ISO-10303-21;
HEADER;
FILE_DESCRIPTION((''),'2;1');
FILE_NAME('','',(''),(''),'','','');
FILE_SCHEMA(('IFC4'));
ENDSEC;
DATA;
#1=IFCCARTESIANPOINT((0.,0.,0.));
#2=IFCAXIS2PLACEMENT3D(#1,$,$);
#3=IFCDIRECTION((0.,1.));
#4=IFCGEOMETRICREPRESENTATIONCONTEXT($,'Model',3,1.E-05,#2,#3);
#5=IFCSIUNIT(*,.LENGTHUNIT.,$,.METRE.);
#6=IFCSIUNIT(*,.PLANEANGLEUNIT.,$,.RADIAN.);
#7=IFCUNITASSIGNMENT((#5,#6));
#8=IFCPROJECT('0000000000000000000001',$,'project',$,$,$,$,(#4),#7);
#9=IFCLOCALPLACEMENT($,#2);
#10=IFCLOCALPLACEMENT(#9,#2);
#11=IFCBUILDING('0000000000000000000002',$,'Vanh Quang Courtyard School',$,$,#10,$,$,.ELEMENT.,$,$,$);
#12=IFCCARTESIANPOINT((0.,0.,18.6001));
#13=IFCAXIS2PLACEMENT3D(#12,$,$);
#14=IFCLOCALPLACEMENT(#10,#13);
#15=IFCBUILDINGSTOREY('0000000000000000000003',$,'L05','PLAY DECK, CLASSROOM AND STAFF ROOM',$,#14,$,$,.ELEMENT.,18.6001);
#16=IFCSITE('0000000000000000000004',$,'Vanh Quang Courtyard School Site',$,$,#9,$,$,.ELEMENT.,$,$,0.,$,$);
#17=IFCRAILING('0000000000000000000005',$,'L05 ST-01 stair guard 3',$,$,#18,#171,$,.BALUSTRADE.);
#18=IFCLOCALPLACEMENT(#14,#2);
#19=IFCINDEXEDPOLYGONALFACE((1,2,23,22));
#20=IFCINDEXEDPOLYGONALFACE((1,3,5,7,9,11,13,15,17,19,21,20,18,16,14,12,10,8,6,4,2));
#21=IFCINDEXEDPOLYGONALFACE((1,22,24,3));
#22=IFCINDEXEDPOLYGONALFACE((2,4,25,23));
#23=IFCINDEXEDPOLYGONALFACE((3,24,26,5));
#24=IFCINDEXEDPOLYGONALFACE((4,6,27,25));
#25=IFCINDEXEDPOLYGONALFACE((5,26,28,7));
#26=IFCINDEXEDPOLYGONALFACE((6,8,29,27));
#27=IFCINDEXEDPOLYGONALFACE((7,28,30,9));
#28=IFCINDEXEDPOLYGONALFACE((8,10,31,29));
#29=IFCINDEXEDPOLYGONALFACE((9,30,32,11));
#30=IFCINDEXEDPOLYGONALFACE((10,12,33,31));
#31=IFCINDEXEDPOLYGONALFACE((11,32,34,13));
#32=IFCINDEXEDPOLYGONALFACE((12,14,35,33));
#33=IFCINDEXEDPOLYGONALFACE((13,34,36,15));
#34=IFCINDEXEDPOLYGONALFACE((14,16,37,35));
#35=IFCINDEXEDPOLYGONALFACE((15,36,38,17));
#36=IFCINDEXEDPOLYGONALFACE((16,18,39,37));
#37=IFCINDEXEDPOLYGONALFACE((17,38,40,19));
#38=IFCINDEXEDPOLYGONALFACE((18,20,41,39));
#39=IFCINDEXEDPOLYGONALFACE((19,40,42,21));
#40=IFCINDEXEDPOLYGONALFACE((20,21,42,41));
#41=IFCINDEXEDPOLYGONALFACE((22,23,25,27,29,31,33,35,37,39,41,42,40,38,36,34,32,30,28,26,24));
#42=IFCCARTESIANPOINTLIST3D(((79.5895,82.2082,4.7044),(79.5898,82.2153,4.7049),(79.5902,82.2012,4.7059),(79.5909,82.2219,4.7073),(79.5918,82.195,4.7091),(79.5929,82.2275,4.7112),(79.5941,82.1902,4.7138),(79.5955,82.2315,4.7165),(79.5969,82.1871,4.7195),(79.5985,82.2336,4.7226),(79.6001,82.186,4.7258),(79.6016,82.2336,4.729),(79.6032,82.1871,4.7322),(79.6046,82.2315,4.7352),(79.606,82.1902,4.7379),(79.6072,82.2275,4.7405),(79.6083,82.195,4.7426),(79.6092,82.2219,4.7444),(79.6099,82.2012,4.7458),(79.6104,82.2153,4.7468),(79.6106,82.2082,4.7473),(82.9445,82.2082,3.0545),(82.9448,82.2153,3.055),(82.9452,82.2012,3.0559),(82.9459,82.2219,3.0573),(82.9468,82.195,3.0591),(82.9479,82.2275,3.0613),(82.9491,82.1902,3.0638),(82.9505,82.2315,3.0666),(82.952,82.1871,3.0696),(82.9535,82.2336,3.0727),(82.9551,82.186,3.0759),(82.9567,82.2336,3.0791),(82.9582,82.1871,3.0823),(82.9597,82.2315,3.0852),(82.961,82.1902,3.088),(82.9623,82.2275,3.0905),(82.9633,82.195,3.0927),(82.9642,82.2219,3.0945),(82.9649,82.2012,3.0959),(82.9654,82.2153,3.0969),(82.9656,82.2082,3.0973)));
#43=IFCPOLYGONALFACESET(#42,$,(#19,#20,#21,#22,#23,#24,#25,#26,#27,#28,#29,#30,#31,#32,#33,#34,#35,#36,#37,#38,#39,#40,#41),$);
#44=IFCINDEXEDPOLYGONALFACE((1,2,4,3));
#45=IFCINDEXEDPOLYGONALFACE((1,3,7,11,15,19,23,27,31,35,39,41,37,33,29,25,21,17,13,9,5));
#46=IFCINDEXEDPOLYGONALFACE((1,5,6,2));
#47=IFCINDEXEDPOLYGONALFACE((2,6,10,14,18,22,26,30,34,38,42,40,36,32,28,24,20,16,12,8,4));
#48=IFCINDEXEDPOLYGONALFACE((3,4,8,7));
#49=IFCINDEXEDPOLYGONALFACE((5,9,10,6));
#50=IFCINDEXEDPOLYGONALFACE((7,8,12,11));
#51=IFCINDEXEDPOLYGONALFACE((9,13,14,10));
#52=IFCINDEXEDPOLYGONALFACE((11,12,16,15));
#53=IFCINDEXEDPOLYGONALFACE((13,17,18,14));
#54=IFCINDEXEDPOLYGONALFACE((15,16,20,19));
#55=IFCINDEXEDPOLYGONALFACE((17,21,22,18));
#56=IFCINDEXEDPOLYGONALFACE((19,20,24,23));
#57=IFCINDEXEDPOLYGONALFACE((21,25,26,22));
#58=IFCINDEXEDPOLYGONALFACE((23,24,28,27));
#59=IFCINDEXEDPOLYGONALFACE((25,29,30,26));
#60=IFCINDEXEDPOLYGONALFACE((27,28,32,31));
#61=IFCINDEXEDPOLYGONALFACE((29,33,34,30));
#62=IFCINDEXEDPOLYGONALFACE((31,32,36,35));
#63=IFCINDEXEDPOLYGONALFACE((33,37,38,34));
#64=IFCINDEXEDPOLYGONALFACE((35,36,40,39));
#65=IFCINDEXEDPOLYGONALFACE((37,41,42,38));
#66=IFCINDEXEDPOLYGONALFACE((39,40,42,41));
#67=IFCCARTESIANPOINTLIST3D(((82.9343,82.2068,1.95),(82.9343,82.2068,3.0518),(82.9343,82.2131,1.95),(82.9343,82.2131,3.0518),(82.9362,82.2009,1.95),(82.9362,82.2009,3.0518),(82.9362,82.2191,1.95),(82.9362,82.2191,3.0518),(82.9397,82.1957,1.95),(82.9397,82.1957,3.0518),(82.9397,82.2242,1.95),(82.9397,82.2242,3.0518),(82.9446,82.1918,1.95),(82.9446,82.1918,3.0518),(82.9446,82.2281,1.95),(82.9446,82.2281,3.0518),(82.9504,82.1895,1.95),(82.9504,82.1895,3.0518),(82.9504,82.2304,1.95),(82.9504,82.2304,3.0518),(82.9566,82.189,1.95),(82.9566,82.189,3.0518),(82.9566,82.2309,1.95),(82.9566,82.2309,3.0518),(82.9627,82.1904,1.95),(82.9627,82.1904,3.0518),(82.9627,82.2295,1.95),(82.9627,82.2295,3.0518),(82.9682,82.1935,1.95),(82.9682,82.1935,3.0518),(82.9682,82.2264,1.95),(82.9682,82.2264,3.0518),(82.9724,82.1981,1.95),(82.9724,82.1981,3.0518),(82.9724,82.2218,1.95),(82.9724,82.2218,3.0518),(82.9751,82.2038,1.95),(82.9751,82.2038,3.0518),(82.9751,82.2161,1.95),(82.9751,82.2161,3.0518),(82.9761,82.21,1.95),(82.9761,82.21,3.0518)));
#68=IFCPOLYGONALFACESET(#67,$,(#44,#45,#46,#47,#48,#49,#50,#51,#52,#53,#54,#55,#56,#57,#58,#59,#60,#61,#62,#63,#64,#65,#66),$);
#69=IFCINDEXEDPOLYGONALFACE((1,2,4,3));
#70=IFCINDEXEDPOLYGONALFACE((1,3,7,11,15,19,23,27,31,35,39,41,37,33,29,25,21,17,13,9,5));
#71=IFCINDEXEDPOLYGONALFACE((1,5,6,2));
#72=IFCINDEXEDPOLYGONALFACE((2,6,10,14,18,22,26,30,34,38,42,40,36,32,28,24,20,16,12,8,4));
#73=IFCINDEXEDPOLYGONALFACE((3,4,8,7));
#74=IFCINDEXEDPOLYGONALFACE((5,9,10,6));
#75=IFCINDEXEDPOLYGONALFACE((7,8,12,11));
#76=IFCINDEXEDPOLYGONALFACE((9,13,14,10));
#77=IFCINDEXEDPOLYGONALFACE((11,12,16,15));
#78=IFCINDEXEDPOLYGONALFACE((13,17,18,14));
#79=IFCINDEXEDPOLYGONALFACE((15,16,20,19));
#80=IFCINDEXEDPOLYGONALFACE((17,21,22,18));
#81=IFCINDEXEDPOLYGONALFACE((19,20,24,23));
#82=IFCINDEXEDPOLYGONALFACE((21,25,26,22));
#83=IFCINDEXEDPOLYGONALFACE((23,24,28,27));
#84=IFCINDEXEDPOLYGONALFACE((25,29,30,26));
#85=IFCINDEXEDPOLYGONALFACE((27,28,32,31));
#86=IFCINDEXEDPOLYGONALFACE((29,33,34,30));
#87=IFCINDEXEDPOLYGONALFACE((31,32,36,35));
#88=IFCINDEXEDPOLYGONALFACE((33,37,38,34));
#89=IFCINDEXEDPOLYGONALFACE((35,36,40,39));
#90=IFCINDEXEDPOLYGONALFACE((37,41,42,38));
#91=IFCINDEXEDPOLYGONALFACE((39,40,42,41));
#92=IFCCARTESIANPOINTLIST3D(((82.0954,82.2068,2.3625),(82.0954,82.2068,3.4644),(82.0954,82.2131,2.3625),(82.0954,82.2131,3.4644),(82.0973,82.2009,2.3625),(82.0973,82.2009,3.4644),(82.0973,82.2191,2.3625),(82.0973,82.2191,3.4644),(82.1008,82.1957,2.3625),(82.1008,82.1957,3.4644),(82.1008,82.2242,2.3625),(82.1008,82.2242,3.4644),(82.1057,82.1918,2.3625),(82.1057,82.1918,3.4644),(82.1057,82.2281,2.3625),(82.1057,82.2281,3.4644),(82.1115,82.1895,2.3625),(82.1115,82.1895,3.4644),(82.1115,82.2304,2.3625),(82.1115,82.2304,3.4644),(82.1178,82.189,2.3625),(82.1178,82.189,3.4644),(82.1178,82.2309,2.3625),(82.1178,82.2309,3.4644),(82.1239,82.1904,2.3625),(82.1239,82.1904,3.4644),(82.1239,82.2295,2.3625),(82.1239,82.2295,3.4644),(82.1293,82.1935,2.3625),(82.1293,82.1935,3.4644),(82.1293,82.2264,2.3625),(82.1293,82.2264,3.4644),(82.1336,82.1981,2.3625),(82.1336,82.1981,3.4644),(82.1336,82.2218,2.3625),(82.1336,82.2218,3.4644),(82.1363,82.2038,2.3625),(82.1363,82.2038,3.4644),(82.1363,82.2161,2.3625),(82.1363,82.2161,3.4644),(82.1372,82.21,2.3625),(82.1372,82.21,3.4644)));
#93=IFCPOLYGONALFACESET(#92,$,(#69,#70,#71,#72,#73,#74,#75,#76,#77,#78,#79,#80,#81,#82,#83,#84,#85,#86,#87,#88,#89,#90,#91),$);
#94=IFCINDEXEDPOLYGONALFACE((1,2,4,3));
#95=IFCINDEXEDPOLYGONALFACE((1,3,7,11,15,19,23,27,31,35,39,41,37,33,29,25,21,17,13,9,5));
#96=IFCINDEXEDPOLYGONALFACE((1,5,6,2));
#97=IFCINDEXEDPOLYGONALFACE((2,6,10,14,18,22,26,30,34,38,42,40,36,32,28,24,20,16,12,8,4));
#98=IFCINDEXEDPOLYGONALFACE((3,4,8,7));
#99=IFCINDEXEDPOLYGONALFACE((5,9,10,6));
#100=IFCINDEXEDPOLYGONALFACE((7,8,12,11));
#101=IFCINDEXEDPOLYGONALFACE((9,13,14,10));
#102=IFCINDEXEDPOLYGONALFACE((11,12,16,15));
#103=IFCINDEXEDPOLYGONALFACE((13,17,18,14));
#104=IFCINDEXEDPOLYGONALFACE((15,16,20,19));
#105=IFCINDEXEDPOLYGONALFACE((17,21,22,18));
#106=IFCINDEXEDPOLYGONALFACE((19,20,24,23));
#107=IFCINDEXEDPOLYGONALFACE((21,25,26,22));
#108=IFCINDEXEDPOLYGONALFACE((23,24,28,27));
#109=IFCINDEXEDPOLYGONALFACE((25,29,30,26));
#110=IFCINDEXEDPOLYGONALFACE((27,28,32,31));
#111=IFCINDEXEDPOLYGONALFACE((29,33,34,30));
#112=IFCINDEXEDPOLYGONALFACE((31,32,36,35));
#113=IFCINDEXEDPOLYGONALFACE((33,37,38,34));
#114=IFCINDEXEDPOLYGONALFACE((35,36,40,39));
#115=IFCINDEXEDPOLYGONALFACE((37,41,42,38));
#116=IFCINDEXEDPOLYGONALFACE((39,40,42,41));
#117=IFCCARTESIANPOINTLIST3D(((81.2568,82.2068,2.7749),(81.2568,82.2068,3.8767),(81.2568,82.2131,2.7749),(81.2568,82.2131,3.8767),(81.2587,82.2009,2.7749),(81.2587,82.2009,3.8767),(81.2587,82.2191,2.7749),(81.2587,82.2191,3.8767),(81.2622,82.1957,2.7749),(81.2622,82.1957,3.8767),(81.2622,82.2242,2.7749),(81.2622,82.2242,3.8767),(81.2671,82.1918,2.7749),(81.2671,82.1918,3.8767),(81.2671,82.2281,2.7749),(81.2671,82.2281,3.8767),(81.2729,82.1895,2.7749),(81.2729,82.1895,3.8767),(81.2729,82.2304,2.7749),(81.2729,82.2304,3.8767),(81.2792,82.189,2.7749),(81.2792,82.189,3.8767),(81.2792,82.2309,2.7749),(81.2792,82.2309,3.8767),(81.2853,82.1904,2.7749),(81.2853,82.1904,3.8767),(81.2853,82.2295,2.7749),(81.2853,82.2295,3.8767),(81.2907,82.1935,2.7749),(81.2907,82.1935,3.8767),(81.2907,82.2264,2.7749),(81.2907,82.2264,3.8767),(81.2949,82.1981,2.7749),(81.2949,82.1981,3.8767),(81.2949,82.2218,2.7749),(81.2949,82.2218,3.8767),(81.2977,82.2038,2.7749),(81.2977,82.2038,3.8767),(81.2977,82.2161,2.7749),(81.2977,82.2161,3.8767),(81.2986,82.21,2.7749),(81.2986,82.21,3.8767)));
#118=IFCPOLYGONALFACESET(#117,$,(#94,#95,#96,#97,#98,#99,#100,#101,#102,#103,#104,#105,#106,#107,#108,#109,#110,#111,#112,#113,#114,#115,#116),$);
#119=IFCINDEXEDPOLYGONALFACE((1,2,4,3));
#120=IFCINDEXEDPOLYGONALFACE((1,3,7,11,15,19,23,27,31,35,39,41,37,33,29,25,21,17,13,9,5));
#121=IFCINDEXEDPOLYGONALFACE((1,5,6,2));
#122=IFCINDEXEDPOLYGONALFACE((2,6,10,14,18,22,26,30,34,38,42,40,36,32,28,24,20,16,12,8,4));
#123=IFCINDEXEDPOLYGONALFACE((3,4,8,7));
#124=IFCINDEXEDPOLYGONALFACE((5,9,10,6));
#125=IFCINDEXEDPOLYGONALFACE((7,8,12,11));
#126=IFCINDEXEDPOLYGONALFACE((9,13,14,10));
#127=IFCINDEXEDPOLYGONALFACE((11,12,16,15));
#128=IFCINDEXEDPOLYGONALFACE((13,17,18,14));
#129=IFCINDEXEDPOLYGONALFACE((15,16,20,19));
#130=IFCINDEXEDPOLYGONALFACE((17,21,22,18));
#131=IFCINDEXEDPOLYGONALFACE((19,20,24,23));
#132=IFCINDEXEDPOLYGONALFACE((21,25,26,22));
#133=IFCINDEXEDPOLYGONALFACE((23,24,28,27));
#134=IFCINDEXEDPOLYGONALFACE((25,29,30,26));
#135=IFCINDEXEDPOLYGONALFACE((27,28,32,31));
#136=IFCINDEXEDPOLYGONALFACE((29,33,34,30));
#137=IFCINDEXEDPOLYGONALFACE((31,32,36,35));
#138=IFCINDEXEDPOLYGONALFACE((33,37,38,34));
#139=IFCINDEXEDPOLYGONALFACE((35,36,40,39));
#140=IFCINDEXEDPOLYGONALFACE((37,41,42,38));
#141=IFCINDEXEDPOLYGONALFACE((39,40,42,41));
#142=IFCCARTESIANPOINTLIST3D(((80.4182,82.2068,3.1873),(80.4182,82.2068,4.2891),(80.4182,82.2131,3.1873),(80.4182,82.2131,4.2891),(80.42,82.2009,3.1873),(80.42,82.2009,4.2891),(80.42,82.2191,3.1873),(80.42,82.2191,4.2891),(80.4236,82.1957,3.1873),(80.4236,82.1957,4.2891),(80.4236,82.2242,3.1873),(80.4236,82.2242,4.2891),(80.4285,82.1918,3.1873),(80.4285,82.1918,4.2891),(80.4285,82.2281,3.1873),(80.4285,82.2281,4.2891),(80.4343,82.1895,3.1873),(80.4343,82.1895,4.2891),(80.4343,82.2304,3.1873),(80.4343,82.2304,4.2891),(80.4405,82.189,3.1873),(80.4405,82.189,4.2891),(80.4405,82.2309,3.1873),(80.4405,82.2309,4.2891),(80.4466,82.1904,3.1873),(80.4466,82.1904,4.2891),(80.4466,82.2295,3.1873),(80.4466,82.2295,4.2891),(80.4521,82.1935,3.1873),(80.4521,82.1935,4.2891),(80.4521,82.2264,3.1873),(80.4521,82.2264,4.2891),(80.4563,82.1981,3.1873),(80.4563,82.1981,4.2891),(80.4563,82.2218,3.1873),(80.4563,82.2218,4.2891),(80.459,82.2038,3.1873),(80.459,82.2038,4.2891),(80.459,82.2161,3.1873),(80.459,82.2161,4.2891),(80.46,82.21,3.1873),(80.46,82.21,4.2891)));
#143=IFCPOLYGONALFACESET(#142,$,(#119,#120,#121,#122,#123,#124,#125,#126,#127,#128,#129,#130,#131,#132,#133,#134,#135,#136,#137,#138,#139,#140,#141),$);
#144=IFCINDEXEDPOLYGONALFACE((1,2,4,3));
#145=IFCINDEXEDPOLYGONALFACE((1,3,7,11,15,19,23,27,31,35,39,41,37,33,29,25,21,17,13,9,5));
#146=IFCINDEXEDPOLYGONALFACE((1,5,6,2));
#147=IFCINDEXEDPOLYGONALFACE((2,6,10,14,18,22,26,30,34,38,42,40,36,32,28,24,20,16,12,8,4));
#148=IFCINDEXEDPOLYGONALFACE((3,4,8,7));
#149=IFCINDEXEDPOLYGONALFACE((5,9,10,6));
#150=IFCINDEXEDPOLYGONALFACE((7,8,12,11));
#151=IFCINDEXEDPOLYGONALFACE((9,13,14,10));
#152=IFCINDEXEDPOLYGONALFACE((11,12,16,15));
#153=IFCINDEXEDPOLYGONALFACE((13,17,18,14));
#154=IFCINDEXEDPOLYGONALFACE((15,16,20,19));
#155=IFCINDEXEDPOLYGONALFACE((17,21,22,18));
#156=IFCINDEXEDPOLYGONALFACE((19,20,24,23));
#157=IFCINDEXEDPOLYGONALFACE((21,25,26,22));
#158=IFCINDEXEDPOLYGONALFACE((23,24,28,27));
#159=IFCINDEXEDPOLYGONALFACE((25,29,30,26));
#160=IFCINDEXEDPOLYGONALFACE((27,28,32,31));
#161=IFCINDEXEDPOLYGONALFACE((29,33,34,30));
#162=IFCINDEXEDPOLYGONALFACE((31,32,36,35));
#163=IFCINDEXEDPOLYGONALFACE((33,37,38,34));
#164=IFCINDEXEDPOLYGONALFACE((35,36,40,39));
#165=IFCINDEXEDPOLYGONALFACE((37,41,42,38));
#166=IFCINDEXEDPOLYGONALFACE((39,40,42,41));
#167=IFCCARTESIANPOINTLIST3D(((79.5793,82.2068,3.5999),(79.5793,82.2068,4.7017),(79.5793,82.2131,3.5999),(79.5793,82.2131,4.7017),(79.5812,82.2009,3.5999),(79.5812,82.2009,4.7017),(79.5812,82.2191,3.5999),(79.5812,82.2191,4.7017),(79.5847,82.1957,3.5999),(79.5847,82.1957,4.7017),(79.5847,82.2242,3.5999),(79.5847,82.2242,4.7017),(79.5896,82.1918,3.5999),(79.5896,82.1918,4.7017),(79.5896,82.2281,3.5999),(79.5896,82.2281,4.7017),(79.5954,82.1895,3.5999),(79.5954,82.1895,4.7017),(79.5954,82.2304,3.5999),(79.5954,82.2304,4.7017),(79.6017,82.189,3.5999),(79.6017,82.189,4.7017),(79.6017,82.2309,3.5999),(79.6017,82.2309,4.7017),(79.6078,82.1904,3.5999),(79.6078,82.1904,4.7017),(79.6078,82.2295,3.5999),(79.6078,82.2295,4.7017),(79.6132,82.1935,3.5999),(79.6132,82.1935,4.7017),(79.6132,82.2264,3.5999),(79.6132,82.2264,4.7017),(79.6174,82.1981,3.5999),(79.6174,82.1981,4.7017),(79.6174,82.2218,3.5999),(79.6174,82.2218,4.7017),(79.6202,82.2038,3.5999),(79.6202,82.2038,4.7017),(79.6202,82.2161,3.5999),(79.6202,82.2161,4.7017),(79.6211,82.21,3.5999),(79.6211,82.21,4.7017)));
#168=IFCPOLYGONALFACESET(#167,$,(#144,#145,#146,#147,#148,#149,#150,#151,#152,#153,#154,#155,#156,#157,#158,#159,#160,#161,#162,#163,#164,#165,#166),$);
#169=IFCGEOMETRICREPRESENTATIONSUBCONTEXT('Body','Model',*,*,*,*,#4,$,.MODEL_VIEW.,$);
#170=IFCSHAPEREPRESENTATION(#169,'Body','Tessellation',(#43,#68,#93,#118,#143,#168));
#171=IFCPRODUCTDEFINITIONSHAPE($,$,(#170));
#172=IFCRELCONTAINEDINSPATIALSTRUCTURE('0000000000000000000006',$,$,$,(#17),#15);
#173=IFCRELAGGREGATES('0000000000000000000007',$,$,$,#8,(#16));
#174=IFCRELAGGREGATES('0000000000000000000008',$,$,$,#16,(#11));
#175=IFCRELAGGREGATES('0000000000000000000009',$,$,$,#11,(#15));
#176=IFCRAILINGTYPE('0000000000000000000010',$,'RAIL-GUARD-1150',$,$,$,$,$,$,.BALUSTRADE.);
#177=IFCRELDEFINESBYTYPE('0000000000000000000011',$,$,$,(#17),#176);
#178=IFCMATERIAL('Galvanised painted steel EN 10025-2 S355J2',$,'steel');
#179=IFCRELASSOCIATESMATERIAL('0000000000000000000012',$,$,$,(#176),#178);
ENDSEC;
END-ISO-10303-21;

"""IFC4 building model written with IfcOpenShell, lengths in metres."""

from ifc_helpers import new_model, si_unit, direction, frame, origin, origin_2d, place, context, subcontext, project, spatial, circle, extrude, material, type_object, element, save


model = new_model("IFC4")

# Units and contexts
model_context = context("Model", 3, precision=1e-05, world=origin(), true_north=direction((0.0, 1.0)))
body_context = subcontext(model_context, "Body", "Model", "MODEL_VIEW")
ifc_project = project(units=[si_unit("LENGTHUNIT", "METRE"), si_unit("PLANEANGLEUNIT", "RADIAN")], contexts=[model_context])

# Site, building, storey
site_placement = place(None, origin())
site = spatial("IfcSite", under=ifc_project, at=site_placement, Name="Vanh Quang Courtyard School Site", CompositionType="ELEMENT", RefElevation=0.0)
building_placement = place(site_placement, origin())
building = spatial("IfcBuilding", under=site, at=building_placement, Name="Vanh Quang Courtyard School", CompositionType="ELEMENT")
storey_placement = place(building_placement, frame((0.0, 0.0, 18.6001)))
storey = spatial("IfcBuildingStorey", under=building, at=storey_placement, Name="L05", Description="PLAY DECK, CLASSROOM AND STAFF ROOM", CompositionType="ELEMENT", Elevation=18.6001)

# Railing
ifc_material_1 = material(Name="Galvanised painted steel EN 10025-2 S355J2", Category="steel")
railing_type_1 = type_object("IfcRailingType", Name="RAIL-GUARD-1150", PredefinedType="BALUSTRADE", material=ifc_material_1)
railing_1_placement = place(storey_placement, frame((82.9551, 82.21, 1.95)))
element("IfcRailing", 1, at=railing_1_placement, inside=storey, type_object=railing_type_1, Name="L05 ST-01 stair guard 3", PredefinedType="BALUSTRADE", context=body_context, shape_type="SweptSolid", body=[
    extrude(circle(Radius=0.0239, at=origin_2d()), frame((0.0, 0.0, 1.126), z_axis=(-0.897359, 0.0, 0.441301), x_axis=(0.0, -1.0, 0.0)), (0.0, 0.0, 1.0), 3.7388),
    extrude(circle(Radius=0.021, at=origin_2d()), origin(), (0.0, 0.0, 1.0), 1.1018),
    extrude(circle(Radius=0.021, at=origin_2d()), frame((-0.8389, 0.0, 0.4126)), (0.0, 0.0, 1.0), 1.1018),
    extrude(circle(Radius=0.021, at=origin_2d()), frame((-1.6775, 0.0, 0.825)), (0.0, 0.0, 1.0), 1.1018),
    extrude(circle(Radius=0.021, at=origin_2d()), frame((-2.5161, 0.0, 1.2373)), (0.0, 0.0, 1.0), 1.1018),
    extrude(circle(Radius=0.021, at=origin_2d()), frame((-3.355, 0.0, 1.6499)), (0.0, 0.0, 1.0), 1.1018),
])

save(model, "model.ifc")
